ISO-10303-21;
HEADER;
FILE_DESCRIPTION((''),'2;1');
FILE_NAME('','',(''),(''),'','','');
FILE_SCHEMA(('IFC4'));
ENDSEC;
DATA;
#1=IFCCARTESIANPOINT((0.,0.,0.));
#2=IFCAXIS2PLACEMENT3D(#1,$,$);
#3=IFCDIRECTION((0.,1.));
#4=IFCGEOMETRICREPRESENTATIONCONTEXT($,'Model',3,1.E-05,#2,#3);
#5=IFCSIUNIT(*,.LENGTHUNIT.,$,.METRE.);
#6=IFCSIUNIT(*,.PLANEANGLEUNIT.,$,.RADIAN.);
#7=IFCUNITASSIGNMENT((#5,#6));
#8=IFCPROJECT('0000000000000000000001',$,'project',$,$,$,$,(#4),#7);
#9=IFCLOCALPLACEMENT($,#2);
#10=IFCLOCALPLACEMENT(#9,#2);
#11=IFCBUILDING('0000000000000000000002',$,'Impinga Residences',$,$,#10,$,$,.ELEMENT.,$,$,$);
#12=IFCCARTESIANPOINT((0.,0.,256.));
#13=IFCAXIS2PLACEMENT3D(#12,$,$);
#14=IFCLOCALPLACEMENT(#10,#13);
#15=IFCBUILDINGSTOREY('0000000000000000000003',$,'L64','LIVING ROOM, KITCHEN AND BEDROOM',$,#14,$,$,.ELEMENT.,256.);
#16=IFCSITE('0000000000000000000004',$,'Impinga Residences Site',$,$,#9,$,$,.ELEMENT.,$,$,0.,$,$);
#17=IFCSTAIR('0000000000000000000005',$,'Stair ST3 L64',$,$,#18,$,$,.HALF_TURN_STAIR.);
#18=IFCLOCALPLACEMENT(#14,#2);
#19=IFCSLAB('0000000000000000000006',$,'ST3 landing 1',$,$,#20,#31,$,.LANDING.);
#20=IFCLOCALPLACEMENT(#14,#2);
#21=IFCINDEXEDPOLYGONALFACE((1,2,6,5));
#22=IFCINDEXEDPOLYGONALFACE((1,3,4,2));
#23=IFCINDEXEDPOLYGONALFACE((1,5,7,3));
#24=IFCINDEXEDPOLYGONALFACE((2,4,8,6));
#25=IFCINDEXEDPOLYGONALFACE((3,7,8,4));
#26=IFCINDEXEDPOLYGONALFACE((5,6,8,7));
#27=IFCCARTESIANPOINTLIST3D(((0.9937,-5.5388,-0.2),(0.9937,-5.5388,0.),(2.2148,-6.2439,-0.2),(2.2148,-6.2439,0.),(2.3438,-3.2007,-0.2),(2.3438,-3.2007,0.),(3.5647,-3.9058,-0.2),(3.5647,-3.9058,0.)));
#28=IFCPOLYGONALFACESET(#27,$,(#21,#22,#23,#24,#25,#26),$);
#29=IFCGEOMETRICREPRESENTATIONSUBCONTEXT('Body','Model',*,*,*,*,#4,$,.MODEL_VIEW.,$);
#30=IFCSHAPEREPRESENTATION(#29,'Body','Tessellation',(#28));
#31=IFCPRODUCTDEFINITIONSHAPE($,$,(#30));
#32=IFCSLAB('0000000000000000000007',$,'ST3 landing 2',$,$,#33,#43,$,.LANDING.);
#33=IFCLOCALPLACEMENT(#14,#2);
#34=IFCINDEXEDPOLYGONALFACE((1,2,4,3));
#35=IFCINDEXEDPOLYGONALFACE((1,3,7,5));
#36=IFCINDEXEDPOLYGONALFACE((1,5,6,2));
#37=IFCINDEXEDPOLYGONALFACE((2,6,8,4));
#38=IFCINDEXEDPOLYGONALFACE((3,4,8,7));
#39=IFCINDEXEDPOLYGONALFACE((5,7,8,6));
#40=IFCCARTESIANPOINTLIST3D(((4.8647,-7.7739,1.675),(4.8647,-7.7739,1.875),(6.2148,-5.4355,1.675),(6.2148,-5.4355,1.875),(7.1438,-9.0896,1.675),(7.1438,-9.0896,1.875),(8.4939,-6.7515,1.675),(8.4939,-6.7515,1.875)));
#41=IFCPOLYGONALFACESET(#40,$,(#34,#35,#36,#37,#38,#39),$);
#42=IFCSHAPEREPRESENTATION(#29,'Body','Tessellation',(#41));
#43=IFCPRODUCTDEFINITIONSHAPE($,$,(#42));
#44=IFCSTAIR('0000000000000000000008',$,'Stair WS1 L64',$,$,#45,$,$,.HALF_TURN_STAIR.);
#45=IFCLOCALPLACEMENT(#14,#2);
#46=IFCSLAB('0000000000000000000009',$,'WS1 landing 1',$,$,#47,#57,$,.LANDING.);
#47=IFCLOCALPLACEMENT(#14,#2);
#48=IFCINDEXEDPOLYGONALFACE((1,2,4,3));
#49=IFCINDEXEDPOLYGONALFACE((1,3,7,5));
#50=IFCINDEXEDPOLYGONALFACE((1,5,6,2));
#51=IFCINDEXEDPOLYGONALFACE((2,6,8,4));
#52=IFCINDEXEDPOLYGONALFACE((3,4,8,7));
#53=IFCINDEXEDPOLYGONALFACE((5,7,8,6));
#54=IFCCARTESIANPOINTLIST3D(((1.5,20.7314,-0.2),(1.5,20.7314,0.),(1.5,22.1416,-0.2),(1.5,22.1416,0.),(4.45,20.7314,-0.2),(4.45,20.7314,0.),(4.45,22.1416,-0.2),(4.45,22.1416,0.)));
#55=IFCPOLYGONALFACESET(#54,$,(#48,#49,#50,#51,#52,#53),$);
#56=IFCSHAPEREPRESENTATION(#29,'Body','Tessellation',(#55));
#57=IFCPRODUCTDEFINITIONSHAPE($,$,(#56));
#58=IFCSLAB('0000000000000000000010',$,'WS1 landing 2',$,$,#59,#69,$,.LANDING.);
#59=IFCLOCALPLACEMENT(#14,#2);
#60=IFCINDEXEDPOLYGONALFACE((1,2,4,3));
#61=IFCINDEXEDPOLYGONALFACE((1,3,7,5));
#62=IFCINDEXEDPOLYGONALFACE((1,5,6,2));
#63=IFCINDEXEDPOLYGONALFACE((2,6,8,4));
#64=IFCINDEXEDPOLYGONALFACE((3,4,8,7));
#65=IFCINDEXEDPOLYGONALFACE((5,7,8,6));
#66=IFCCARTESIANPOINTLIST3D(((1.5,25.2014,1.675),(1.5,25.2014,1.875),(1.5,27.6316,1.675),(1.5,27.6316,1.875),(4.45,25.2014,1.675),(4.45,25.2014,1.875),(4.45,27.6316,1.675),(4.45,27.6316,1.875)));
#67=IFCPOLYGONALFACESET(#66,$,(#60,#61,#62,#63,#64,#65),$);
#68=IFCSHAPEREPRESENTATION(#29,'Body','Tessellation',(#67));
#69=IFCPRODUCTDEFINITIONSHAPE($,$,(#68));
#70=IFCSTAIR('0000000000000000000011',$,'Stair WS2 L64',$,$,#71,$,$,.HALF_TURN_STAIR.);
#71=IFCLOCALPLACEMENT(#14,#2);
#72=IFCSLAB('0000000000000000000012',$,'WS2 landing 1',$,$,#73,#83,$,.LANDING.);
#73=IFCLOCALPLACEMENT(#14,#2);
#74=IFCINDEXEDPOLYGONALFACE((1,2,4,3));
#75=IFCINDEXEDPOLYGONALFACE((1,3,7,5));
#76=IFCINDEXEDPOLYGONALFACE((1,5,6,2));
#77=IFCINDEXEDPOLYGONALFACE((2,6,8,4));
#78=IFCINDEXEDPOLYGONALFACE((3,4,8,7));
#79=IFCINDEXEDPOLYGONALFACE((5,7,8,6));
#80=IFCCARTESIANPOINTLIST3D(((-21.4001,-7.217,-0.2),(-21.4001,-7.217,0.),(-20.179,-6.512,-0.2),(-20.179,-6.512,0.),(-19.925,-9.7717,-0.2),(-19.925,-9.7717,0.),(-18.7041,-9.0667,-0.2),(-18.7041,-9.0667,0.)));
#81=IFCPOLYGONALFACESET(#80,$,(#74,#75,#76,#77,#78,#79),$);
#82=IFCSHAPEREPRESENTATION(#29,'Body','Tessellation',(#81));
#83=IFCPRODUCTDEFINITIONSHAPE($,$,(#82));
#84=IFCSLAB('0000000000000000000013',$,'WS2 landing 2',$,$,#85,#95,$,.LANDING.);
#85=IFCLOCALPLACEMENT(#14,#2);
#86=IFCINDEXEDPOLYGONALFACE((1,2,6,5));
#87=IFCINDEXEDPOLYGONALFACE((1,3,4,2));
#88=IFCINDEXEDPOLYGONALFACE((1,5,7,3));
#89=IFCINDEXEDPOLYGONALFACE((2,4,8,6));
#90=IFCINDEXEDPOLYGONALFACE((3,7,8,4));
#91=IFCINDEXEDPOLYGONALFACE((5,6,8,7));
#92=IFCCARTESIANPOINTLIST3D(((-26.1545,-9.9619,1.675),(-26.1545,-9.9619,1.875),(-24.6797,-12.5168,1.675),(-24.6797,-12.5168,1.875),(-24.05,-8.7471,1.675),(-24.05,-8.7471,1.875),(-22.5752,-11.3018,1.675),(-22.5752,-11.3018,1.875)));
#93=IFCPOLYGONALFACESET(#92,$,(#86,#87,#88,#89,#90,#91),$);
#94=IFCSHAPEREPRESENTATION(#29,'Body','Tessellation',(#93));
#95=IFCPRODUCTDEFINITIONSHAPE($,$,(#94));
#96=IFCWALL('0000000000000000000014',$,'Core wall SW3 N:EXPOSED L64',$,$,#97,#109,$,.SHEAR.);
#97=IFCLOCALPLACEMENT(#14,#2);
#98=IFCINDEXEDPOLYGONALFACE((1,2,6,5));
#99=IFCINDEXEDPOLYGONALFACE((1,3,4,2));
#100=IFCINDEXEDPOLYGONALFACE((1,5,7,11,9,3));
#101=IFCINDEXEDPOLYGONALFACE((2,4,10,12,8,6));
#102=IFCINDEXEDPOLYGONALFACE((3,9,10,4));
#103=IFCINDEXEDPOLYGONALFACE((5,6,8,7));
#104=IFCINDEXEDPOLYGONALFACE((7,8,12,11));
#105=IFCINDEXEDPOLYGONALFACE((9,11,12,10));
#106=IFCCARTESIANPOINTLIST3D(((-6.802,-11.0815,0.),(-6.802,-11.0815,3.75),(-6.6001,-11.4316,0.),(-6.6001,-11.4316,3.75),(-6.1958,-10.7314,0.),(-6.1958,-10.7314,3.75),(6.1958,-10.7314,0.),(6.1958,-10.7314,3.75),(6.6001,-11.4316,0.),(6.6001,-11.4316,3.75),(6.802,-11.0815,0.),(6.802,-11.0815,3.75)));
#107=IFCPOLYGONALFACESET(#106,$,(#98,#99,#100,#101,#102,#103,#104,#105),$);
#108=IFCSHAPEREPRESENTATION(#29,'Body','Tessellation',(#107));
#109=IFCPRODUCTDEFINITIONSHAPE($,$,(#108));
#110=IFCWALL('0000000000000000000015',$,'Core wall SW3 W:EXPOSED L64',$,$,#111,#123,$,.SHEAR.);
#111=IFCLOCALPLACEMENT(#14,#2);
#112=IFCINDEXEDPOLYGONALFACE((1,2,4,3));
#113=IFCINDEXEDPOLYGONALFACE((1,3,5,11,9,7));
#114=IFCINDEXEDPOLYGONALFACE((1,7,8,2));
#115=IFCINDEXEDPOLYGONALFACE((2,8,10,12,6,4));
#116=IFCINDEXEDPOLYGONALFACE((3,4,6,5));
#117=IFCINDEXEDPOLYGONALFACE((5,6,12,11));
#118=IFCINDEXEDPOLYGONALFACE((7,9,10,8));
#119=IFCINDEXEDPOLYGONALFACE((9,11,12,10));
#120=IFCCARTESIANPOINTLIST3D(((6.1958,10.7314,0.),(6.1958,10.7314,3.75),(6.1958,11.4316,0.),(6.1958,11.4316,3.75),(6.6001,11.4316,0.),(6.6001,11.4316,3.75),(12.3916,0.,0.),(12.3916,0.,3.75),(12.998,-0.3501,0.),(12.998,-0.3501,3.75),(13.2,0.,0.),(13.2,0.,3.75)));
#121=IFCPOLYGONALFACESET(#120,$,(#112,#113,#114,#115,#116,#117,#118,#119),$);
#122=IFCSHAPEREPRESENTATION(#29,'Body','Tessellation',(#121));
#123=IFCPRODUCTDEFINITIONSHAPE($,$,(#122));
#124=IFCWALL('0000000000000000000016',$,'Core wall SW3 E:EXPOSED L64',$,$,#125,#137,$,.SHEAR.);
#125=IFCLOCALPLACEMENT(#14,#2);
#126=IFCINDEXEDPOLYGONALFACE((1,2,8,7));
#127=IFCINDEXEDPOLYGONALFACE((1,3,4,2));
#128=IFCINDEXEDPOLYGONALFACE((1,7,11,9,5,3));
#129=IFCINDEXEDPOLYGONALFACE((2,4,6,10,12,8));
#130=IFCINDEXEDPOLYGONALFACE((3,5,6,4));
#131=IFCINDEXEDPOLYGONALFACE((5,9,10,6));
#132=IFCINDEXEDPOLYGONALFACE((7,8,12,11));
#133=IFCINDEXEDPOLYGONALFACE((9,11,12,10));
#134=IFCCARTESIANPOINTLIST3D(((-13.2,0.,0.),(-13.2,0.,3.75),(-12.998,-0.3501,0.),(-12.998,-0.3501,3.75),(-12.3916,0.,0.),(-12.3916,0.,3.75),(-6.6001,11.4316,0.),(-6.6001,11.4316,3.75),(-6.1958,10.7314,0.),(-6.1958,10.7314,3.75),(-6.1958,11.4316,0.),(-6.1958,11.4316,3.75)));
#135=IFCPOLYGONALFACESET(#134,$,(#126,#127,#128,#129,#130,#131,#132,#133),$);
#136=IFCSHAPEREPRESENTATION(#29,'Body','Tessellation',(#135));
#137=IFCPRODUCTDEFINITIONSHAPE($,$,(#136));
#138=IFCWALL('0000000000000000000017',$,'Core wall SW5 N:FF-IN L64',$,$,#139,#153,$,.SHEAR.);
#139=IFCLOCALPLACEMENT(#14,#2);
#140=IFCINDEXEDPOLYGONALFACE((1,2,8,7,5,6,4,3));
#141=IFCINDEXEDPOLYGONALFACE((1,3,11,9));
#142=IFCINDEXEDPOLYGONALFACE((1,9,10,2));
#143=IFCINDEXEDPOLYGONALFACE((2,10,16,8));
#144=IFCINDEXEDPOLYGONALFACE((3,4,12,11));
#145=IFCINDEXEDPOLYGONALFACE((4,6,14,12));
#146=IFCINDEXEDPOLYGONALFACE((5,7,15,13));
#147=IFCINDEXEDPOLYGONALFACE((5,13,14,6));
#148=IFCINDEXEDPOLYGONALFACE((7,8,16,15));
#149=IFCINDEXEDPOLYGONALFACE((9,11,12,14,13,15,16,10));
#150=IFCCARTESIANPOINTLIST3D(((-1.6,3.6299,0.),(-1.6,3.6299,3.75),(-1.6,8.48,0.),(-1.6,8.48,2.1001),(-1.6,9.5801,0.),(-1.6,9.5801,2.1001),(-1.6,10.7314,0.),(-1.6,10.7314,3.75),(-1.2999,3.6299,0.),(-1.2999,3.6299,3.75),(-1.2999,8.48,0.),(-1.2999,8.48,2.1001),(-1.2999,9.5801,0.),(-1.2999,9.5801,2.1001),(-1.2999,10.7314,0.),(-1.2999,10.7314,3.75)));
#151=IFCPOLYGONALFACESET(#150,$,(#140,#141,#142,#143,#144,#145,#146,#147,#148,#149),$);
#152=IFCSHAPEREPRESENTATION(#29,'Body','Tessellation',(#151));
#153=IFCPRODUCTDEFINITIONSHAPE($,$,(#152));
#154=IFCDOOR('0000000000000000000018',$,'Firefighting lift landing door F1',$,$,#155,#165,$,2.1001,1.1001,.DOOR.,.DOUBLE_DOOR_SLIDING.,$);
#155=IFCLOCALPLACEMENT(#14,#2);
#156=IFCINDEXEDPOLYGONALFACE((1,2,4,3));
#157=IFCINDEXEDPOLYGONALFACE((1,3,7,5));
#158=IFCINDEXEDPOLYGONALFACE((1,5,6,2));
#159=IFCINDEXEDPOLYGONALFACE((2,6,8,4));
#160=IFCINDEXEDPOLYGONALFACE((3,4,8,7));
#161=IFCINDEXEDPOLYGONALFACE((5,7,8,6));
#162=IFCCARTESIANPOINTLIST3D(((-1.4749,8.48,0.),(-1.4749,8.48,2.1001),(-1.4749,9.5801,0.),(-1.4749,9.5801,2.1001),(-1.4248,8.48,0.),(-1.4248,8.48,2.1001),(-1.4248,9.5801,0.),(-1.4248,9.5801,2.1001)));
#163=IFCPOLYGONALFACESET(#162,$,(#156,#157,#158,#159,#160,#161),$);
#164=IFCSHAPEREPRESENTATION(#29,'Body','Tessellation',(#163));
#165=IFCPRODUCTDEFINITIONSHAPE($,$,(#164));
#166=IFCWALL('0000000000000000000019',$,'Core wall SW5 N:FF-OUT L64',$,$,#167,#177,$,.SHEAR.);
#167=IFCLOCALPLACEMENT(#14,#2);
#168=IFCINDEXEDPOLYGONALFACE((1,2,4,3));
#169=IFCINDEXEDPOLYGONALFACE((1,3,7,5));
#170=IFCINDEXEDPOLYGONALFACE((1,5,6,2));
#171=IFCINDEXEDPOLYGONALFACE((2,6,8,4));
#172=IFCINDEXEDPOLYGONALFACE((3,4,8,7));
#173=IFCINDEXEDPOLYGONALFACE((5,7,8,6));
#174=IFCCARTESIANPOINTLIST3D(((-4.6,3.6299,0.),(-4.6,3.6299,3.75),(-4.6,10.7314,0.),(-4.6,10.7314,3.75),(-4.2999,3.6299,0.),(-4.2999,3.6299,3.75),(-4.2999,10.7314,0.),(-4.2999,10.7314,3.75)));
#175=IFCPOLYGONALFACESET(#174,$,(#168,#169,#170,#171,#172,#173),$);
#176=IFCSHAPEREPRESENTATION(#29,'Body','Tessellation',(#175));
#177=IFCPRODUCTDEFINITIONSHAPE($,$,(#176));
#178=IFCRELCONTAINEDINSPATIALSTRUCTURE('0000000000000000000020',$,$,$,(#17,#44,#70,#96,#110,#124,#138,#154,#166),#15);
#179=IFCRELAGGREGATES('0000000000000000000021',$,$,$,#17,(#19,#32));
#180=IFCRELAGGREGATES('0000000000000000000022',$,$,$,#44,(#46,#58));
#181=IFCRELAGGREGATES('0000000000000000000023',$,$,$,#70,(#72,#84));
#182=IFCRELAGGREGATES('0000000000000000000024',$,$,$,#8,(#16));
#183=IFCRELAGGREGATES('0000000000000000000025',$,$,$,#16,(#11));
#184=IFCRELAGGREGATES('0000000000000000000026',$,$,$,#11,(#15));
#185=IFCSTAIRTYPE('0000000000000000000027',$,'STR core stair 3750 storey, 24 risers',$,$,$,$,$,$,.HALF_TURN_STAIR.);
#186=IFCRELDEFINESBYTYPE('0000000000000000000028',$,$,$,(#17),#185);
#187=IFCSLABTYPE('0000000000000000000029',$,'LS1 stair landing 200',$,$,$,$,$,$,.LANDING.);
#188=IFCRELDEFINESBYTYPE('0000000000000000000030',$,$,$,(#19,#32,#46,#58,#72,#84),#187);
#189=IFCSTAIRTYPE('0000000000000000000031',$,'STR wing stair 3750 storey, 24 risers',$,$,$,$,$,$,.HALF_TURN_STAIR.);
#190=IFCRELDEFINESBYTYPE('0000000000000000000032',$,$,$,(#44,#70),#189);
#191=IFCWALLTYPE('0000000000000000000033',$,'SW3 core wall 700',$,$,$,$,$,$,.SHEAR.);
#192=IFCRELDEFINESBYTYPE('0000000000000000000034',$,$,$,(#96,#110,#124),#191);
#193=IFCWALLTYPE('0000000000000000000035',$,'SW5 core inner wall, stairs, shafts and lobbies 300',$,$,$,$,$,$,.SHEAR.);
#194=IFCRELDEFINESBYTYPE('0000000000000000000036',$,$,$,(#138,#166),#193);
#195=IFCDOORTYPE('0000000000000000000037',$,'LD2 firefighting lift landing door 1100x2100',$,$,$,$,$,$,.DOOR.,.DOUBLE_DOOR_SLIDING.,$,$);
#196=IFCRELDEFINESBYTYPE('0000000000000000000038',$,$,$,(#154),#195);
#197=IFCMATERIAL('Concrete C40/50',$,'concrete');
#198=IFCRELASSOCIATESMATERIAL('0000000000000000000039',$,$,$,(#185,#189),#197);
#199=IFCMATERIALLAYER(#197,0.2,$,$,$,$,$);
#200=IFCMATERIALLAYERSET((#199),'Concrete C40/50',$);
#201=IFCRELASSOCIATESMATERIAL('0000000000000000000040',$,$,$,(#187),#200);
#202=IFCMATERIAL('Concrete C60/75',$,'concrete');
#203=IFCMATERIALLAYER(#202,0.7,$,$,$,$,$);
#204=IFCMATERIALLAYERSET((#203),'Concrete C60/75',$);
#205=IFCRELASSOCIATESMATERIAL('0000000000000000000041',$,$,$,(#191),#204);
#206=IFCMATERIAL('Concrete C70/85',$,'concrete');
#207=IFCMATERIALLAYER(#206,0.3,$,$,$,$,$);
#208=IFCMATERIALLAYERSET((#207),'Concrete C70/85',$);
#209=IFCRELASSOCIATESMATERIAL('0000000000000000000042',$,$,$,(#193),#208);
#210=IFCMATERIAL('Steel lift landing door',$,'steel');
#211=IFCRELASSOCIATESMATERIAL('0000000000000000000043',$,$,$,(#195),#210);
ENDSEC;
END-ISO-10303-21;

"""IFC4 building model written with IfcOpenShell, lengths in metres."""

from ifc_helpers import new_model, si_unit, direction, frame, frame_2d, origin, place, context, subcontext, project, spatial, polyline, rectangle, outline, extrude, material, layer, layer_set, type_object, element, fill, aggregate, save


model = new_model("IFC4")

# Units and contexts
model_context = context("Model", 3, precision=1e-05, world=origin(), true_north=direction((0.0, 1.0)))
body_context = subcontext(model_context, "Body", "Model", "MODEL_VIEW")
ifc_project = project(units=[si_unit("LENGTHUNIT", "METRE"), si_unit("PLANEANGLEUNIT", "RADIAN")], contexts=[model_context])

# Site, building, storey
site_placement = place(None, origin())
site = spatial("IfcSite", under=ifc_project, at=site_placement, Name="Impinga Residences Site", CompositionType="ELEMENT", RefElevation=0.0)
building_placement = place(site_placement, origin())
building = spatial("IfcBuilding", under=site, at=building_placement, Name="Impinga Residences", CompositionType="ELEMENT")
storey_placement = place(building_placement, frame((0.0, 0.0, 256.0)))
storey = spatial("IfcBuildingStorey", under=building, at=storey_placement, Name="L64", Description="LIVING ROOM, KITCHEN AND BEDROOM", CompositionType="ELEMENT", Elevation=256.0)

# Shared definitions
ifc_material_1 = material(Name="Concrete C60/75", Category="concrete")

# Stairs, slabs
ifc_material_2 = material(Name="Concrete C40/50", Category="concrete")
stair_type_1 = type_object("IfcStairType", Name="STR core stair 3750 storey, 24 risers", PredefinedType="HALF_TURN_STAIR", material=ifc_material_2)
ifc_layer_1 = layer(ifc_material_2, 0.2)
ifc_layer_set_1 = layer_set([ifc_layer_1], Name="Concrete C40/50")
slab_type_1 = type_object("IfcSlabType", Name="LS1 stair landing 200", PredefinedType="LANDING", material=ifc_layer_set_1)
stair_1_placement = place(storey_placement, origin())
stair_1 = element("IfcStair", 1, at=stair_1_placement, inside=storey, type_object=stair_type_1, Name="Stair ST3 L64", PredefinedType="HALF_TURN_STAIR")
slab_1_placement = place(storey_placement, frame((0.0, 0.0, -0.2)))
slab_1 = element("IfcSlab", 2, at=slab_1_placement, type_object=slab_type_1, Name="ST3 landing 1", PredefinedType="LANDING", context=body_context, shape_type="SweptSolid", body=[
    extrude(outline(polyline([(2.3438, -3.2007), (0.9937, -5.5388), (2.2148, -6.2439), (3.5647, -3.9058), (2.3438, -3.2007)])), origin(), (0.0, 0.0, 1.0), 0.2),
])
slab_2_placement = place(storey_placement, frame((0.0, 0.0, 1.675)))
slab_2 = element("IfcSlab", 3, at=slab_2_placement, type_object=slab_type_1, Name="ST3 landing 2", PredefinedType="LANDING", context=body_context, shape_type="SweptSolid", body=[
    extrude(outline(polyline([(6.2148, -5.4355), (4.8647, -7.7739), (7.1438, -9.0896), (8.4939, -6.7515), (6.2148, -5.4355)])), origin(), (0.0, 0.0, 1.0), 0.2),
])
aggregate(stair_1, [slab_1, slab_2])
stair_type_2 = type_object("IfcStairType", Name="STR wing stair 3750 storey, 24 risers", PredefinedType="HALF_TURN_STAIR", material=ifc_material_2)
stair_2_placement = place(storey_placement, origin())
stair_2 = element("IfcStair", 4, at=stair_2_placement, inside=storey, type_object=stair_type_2, Name="Stair WS1 L64", PredefinedType="HALF_TURN_STAIR")
slab_3_placement = place(storey_placement, frame((0.0, 0.0, -0.2)))
slab_3 = element("IfcSlab", 5, at=slab_3_placement, type_object=slab_type_1, Name="WS1 landing 1", PredefinedType="LANDING", context=body_context, shape_type="SweptSolid", body=[
    extrude(outline(polyline([(1.5, 20.7314), (4.45, 20.7314), (4.45, 22.1416), (1.5, 22.1416), (1.5, 20.7314)])), origin(), (0.0, 0.0, 1.0), 0.2),
])
slab_4_placement = place(storey_placement, frame((0.0, 0.0, 1.675)))
slab_4 = element("IfcSlab", 6, at=slab_4_placement, type_object=slab_type_1, Name="WS1 landing 2", PredefinedType="LANDING", context=body_context, shape_type="SweptSolid", body=[
    extrude(outline(polyline([(1.5, 25.2014), (4.45, 25.2014), (4.45, 27.6316), (1.5, 27.6316), (1.5, 25.2014)])), origin(), (0.0, 0.0, 1.0), 0.2),
])
aggregate(stair_2, [slab_3, slab_4])
stair_3_placement = place(storey_placement, origin())
stair_3 = element("IfcStair", 7, at=stair_3_placement, inside=storey, type_object=stair_type_2, Name="Stair WS2 L64", PredefinedType="HALF_TURN_STAIR")
slab_5_placement = place(storey_placement, frame((0.0, 0.0, -0.2)))
slab_5 = element("IfcSlab", 8, at=slab_5_placement, type_object=slab_type_1, Name="WS2 landing 1", PredefinedType="LANDING", context=body_context, shape_type="SweptSolid", body=[
    extrude(outline(polyline([(-18.7041, -9.0667), (-20.179, -6.512), (-21.4001, -7.217), (-19.925, -9.7717), (-18.7041, -9.0667)])), origin(), (0.0, 0.0, 1.0), 0.2),
])
slab_6_placement = place(storey_placement, frame((0.0, 0.0, 1.675)))
slab_6 = element("IfcSlab", 9, at=slab_6_placement, type_object=slab_type_1, Name="WS2 landing 2", PredefinedType="LANDING", context=body_context, shape_type="SweptSolid", body=[
    extrude(outline(polyline([(-22.5752, -11.3018), (-24.05, -8.7471), (-26.1545, -9.9619), (-24.6797, -12.5168), (-22.5752, -11.3018)])), origin(), (0.0, 0.0, 1.0), 0.2),
])
aggregate(stair_3, [slab_5, slab_6])

# Walls
ifc_layer_2 = layer(ifc_material_1, 0.7)
ifc_layer_set_2 = layer_set([ifc_layer_2], Name="Concrete C60/75")
wall_type_1 = type_object("IfcWallType", Name="SW3 core wall 700", PredefinedType="SHEAR", material=ifc_layer_set_2)
wall_1_placement = place(storey_placement, origin())
element("IfcWall", 10, at=wall_1_placement, inside=storey, type_object=wall_type_1, Name="Core wall SW3 N:EXPOSED L64", PredefinedType="SHEAR", context=body_context, shape_type="SweptSolid", body=[
    extrude(outline(polyline([(-6.6001, -11.4316), (6.6001, -11.4316), (6.802, -11.0815), (6.1958, -10.7314), (-6.1958, -10.7314), (-6.802, -11.0815), (-6.6001, -11.4316)])), origin(), (0.0, 0.0, 1.0), 3.75),
])
wall_2_placement = place(storey_placement, origin())
element("IfcWall", 11, at=wall_2_placement, inside=storey, type_object=wall_type_1, Name="Core wall SW3 W:EXPOSED L64", PredefinedType="SHEAR", context=body_context, shape_type="SweptSolid", body=[
    extrude(outline(polyline([(13.2, 0.0), (6.6001, 11.4316), (6.1958, 11.4316), (6.1958, 10.7314), (12.3916, 0.0), (12.998, -0.3501), (13.2, 0.0)])), origin(), (0.0, 0.0, 1.0), 3.75),
])
wall_3_placement = place(storey_placement, origin())
element("IfcWall", 12, at=wall_3_placement, inside=storey, type_object=wall_type_1, Name="Core wall SW3 E:EXPOSED L64", PredefinedType="SHEAR", context=body_context, shape_type="SweptSolid", body=[
    extrude(outline(polyline([(-6.6001, 11.4316), (-13.2, 0.0), (-12.998, -0.3501), (-12.3916, 0.0), (-6.1958, 10.7314), (-6.1958, 11.4316), (-6.6001, 11.4316)])), origin(), (0.0, 0.0, 1.0), 3.75),
])

# Wall, opening, door
ifc_material_3 = material(Name="Concrete C70/85", Category="concrete")
ifc_layer_3 = layer(ifc_material_3, 0.3)
ifc_layer_set_3 = layer_set([ifc_layer_3], Name="Concrete C70/85")
wall_type_2 = type_object("IfcWallType", Name="SW5 core inner wall, stairs, shafts and lobbies 300", PredefinedType="SHEAR", material=ifc_layer_set_3)
wall_4_placement = place(storey_placement, frame((-1.45, 3.6299, 0.0), z_axis=(0.0, 0.0, 1.0), x_axis=(0.0, 1.0, 0.0)))
wall_4 = element("IfcWall", 13, at=wall_4_placement, inside=storey, type_object=wall_type_2, Name="Core wall SW5 N:FF-IN L64", PredefinedType="SHEAR", context=body_context, shape_type="SweptSolid", body=[
    extrude(rectangle(XDim=7.1016, YDim=0.3, at=frame_2d((3.5508, 0.0))), origin(), (0.0, 0.0, 1.0), 3.75),
])
opening_1_placement = place(wall_4_placement, frame((4.8501, 0.0, 0.0)))
opening_1 = element("IfcOpeningElement", 14, at=opening_1_placement, cuts=wall_4, PredefinedType="OPENING", context=body_context, shape_type="SweptSolid", body=[
    extrude(rectangle(XDim=1.1001, YDim=2.1001, at=frame_2d((0.55, 1.05))), frame((0.0, 0.1599, 0.0), z_axis=(0.0, -1.0, 0.0), x_axis=(1.0, 0.0, 0.0)), (0.0, 0.0, 1.0), 0.3201),
])
ifc_material_4 = material(Name="Steel lift landing door", Category="steel")
door_type_1 = type_object("IfcDoorType", Name="LD2 firefighting lift landing door 1100x2100", OperationType="DOUBLE_DOOR_SLIDING", PredefinedType="DOOR", material=ifc_material_4)
door_1_placement = place(opening_1_placement, origin())
door_1 = element("IfcDoor", 15, at=door_1_placement, inside=storey, type_object=door_type_1, Name="Firefighting lift landing door F1", OperationType="DOUBLE_DOOR_SLIDING", OverallHeight=2.1001, OverallWidth=1.1001, PredefinedType="DOOR", context=body_context, shape_type="SweptSolid", body=[
    extrude(rectangle(XDim=1.1001, YDim=2.1001, at=frame_2d((0.55, 1.05))), frame((0.0, 0.0249, 0.0), z_axis=(0.0, -1.0, 0.0), x_axis=(1.0, 0.0, 0.0)), (0.0, 0.0, 1.0), 0.05),
])
fill(opening_1, door_1)

# Wall
wall_5_placement = place(storey_placement, frame((-4.45, 3.6299, 0.0), z_axis=(0.0, 0.0, 1.0), x_axis=(0.0, 1.0, 0.0)))
element("IfcWall", 16, at=wall_5_placement, inside=storey, type_object=wall_type_2, Name="Core wall SW5 N:FF-OUT L64", PredefinedType="SHEAR", context=body_context, shape_type="SweptSolid", body=[
    extrude(rectangle(XDim=7.1016, YDim=0.3, at=frame_2d((3.5508, 0.0))), origin(), (0.0, 0.0, 1.0), 3.75),
])

save(model, "model.ifc")
